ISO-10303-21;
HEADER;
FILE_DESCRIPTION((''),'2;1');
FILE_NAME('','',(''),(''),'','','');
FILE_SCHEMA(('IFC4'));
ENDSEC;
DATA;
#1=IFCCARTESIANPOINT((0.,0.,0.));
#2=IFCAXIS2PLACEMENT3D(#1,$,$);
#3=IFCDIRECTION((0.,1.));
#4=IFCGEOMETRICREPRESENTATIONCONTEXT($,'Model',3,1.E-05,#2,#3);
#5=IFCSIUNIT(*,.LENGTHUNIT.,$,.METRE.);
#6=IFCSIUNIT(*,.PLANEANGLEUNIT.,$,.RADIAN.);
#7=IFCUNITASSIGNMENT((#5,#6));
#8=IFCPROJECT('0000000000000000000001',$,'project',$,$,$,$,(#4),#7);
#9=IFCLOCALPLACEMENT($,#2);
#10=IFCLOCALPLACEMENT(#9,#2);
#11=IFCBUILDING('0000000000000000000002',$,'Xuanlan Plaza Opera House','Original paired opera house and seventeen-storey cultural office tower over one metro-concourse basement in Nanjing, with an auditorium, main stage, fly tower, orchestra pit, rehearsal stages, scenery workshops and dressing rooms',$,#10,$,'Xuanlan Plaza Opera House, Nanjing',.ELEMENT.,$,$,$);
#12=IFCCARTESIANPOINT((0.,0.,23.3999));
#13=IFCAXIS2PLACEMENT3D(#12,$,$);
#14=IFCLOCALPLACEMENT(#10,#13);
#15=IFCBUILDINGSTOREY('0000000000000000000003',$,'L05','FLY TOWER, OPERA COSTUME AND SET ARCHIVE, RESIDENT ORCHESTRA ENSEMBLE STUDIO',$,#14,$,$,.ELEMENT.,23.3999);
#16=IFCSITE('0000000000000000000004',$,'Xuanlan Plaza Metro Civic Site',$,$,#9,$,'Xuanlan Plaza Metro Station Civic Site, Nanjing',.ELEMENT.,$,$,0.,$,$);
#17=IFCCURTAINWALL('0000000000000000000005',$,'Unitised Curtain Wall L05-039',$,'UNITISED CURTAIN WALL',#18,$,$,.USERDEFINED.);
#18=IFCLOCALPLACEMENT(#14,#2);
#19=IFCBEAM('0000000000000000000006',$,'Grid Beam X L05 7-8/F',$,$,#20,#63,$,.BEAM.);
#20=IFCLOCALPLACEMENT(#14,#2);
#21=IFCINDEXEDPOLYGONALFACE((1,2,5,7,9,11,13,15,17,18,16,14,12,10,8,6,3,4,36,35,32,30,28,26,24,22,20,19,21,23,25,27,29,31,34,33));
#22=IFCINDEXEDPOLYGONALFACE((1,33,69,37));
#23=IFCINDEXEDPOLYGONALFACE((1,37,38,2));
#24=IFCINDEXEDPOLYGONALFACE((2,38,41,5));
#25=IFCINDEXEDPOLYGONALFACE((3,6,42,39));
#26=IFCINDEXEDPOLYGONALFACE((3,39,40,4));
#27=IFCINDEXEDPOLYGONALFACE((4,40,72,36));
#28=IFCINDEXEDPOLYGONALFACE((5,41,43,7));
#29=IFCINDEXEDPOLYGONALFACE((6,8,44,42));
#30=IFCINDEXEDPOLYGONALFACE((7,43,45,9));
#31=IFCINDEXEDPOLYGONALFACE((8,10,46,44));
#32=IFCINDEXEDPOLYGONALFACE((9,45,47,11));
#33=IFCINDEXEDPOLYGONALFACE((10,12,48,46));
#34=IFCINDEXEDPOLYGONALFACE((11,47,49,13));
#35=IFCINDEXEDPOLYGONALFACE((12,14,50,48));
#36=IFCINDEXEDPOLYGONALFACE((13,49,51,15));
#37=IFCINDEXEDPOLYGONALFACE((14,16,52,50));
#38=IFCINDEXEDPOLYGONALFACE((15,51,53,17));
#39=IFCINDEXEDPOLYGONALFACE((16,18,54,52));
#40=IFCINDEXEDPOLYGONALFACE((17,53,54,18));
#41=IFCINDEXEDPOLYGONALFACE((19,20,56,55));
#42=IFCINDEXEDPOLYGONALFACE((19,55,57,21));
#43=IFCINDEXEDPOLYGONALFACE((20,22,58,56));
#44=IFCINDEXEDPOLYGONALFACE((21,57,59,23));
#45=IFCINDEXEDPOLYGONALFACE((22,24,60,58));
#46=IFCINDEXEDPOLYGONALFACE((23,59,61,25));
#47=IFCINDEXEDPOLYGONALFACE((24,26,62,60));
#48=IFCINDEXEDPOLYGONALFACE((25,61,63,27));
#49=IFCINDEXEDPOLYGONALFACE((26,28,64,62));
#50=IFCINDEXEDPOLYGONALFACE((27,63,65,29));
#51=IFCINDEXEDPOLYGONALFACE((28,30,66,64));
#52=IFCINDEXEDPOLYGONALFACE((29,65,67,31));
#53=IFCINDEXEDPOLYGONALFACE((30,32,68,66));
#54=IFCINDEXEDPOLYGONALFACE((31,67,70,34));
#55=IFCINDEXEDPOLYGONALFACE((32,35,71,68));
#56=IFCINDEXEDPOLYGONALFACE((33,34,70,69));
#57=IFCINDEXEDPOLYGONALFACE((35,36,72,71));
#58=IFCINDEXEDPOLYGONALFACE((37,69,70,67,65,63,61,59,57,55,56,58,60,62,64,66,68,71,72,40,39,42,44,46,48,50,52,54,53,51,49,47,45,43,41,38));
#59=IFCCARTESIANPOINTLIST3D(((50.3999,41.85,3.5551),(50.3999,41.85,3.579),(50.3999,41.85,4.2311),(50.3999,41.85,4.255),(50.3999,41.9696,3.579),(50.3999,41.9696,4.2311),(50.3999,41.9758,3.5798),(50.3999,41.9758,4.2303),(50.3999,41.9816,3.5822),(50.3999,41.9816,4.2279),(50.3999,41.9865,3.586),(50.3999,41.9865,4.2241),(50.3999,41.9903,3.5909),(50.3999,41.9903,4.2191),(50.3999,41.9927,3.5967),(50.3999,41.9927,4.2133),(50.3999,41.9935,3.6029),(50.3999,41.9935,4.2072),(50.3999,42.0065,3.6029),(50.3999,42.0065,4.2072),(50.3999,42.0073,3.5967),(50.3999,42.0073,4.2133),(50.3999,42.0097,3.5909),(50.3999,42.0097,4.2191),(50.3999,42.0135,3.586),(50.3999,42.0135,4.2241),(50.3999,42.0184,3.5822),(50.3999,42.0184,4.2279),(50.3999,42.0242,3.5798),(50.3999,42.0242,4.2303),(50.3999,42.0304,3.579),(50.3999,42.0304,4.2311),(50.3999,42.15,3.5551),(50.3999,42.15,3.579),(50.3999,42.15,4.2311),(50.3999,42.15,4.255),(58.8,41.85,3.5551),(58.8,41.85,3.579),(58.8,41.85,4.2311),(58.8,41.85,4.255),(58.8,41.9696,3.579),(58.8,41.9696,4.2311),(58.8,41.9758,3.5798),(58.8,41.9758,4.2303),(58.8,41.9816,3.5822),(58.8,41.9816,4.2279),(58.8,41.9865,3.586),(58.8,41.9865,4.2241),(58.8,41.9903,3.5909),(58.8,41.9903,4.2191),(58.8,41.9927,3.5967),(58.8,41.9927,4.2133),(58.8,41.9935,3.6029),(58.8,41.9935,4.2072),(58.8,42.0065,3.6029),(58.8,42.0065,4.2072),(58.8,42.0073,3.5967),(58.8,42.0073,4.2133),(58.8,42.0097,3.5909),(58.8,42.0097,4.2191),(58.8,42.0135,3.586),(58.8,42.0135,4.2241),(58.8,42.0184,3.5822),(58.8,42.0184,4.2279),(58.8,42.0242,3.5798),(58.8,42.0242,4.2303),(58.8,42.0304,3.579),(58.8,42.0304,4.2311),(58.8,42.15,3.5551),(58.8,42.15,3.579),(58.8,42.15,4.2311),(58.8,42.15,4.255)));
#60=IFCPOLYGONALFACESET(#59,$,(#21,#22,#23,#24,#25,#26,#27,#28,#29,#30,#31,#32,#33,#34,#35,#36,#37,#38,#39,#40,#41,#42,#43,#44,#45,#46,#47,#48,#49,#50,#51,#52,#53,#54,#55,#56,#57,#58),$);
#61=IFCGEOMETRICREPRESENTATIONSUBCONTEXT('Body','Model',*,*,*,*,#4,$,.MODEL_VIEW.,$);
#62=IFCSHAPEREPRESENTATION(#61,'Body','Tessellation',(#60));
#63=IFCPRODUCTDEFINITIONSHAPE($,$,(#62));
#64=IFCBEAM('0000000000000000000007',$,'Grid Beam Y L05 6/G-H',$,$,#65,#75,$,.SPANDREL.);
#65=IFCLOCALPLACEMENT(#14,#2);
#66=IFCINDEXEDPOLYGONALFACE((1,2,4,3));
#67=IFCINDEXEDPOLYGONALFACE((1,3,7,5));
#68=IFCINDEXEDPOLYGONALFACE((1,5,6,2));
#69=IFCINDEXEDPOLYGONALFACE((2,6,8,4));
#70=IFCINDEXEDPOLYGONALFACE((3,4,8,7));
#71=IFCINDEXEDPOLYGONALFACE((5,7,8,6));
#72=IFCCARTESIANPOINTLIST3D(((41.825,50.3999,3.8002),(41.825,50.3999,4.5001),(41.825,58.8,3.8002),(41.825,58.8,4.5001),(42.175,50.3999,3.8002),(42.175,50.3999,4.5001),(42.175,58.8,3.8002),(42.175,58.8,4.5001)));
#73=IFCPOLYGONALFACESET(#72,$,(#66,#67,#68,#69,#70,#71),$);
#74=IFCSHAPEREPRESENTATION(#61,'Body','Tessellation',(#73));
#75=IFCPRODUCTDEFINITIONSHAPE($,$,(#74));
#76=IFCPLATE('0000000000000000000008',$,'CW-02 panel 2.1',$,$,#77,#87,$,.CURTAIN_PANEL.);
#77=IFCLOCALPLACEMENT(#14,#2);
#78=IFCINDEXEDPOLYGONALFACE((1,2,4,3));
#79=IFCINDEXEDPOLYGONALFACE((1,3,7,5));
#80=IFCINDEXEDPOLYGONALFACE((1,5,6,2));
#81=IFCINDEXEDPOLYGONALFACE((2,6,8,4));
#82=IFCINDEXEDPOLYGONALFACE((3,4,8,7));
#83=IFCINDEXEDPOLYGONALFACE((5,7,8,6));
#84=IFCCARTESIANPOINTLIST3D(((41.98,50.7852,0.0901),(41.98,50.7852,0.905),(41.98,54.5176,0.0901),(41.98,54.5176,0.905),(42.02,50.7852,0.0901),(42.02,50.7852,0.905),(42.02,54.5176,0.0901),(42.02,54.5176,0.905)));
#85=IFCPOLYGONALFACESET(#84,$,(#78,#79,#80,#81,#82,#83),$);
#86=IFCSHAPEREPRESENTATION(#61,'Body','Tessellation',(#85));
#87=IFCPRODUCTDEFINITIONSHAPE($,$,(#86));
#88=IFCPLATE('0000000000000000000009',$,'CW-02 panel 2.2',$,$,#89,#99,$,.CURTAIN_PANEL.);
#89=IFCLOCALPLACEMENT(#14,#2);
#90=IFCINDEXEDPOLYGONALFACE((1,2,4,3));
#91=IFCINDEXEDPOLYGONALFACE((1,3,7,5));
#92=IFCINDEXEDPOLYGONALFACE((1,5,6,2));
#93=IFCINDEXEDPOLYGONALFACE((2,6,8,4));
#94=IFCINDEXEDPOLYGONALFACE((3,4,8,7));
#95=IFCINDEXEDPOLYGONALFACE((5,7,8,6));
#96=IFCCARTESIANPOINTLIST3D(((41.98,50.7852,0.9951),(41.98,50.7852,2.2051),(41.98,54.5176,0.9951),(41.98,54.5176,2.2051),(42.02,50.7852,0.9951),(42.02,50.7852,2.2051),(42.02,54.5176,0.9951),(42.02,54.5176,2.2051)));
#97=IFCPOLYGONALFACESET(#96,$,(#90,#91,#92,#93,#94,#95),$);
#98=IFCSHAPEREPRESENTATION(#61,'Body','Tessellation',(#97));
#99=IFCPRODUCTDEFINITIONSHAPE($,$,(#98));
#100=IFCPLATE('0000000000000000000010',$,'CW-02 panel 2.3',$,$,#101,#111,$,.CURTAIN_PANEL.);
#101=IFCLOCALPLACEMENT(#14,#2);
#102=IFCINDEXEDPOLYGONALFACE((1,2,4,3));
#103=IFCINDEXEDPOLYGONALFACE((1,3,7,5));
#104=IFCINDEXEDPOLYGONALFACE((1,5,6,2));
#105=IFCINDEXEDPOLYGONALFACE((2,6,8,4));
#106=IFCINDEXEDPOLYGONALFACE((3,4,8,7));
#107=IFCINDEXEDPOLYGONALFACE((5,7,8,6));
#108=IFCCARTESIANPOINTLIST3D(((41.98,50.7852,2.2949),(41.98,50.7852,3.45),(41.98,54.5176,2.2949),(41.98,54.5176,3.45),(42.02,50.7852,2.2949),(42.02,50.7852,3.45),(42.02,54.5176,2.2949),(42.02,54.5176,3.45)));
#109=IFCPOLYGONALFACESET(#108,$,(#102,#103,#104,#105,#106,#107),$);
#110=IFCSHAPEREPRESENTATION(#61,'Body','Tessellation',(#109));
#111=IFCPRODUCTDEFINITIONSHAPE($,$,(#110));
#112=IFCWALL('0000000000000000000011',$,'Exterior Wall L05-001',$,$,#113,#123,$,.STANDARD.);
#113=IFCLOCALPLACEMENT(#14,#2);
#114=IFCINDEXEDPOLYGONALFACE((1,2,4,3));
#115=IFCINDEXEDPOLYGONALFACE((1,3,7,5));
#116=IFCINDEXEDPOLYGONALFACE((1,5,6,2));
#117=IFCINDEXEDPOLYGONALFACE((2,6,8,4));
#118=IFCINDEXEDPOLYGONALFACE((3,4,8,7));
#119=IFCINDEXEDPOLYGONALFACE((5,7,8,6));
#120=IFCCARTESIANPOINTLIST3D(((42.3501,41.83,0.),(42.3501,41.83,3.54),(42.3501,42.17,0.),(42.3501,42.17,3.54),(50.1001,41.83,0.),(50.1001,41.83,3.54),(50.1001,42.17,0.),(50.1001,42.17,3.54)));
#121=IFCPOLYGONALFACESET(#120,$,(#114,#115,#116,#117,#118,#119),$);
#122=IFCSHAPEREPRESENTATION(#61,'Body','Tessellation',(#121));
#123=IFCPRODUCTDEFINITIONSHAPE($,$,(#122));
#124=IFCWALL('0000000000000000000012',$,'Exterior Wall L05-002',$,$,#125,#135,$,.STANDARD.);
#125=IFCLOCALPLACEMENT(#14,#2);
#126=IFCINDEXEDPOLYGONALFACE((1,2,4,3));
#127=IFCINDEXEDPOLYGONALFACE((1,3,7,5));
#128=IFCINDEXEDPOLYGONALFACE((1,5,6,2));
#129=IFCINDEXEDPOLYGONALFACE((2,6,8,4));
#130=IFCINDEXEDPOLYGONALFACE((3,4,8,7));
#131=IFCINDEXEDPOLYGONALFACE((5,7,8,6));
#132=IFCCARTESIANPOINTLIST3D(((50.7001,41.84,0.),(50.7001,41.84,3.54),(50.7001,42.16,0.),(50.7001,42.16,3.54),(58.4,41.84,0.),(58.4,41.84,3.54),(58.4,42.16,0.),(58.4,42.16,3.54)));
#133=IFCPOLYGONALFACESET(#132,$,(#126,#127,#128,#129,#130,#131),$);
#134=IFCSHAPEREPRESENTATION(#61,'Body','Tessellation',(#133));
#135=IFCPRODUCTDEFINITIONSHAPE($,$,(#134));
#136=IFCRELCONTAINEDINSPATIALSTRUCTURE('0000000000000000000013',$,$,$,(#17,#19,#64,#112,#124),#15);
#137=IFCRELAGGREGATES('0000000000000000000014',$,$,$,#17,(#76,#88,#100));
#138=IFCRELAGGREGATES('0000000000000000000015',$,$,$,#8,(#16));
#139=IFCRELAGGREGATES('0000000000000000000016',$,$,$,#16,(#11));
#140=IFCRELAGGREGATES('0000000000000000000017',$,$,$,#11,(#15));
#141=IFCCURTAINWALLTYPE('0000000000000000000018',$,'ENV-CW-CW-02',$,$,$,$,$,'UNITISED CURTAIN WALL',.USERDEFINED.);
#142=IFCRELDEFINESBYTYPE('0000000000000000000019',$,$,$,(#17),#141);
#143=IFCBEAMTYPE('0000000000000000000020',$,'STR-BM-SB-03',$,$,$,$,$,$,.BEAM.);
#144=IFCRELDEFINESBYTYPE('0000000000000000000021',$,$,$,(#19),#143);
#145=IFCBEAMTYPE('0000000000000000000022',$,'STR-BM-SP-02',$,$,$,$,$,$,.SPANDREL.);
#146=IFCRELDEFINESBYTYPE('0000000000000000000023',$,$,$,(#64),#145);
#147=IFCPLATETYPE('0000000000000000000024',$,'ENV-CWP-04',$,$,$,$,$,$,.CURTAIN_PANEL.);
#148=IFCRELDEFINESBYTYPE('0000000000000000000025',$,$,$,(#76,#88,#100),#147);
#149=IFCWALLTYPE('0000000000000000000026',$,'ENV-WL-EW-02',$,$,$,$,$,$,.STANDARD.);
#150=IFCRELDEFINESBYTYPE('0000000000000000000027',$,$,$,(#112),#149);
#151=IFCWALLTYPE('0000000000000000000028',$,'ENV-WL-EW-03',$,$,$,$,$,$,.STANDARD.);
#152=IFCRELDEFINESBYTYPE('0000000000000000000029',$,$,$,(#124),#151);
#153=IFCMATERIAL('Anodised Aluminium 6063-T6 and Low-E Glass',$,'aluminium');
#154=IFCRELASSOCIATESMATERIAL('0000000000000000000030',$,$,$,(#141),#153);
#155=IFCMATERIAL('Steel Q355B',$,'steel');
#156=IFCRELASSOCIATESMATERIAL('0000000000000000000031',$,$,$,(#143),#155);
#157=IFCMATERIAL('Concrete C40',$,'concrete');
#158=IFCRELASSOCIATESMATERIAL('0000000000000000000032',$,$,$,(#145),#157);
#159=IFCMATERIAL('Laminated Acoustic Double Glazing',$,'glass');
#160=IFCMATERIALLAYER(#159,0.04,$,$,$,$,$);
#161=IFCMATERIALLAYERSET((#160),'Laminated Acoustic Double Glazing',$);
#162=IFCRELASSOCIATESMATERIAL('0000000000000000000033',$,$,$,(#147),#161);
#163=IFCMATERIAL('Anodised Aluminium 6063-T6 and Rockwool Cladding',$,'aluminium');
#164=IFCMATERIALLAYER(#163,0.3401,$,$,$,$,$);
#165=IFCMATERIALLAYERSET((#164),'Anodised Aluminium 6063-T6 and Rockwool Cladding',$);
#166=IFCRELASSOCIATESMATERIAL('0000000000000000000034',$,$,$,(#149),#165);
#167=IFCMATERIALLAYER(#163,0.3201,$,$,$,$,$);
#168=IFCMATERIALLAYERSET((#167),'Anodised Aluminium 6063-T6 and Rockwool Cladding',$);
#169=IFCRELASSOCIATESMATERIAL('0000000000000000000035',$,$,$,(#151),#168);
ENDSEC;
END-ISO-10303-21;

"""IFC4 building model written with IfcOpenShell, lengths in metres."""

from ifc_helpers import new_model, si_unit, direction, frame, frame_2d, origin, origin_2d, place, context, subcontext, project, spatial, rectangle, i_section, extrude, material, layer, layer_set, material_profile, profile_set, type_object, element, aggregate, save


model = new_model("IFC4")

# Units and contexts
model_context = context("Model", 3, precision=1e-05, world=origin(), true_north=direction((0.0, 1.0)))
body_context = subcontext(model_context, "Body", "Model", "MODEL_VIEW")
ifc_project = project(units=[si_unit("LENGTHUNIT", "METRE"), si_unit("PLANEANGLEUNIT", "RADIAN")], contexts=[model_context])

# Site, building, storey
site_placement = place(None, origin())
site = spatial("IfcSite", under=ifc_project, at=site_placement, Name="Xuanlan Plaza Metro Civic Site", LongName="Xuanlan Plaza Metro Station Civic Site, Nanjing", CompositionType="ELEMENT", RefElevation=0.0)
building_placement = place(site_placement, origin())
building = spatial("IfcBuilding", under=site, at=building_placement, Name="Xuanlan Plaza Opera House", Description="Original paired opera house and seventeen-storey cultural office tower over one metro-concourse basement in Nanjing, with an auditorium, main stage, fly tower, orchestra pit, rehearsal stages, scenery workshops and dressing rooms", LongName="Xuanlan Plaza Opera House, Nanjing", CompositionType="ELEMENT")
storey_placement = place(building_placement, frame((0.0, 0.0, 23.3999)))
storey = spatial("IfcBuildingStorey", under=building, at=storey_placement, Name="L05", Description="FLY TOWER, OPERA COSTUME AND SET ARCHIVE, RESIDENT ORCHESTRA ENSEMBLE STUDIO", CompositionType="ELEMENT", Elevation=23.3999)

# Shared definitions
ifc_material_1 = material(Name="Concrete C40", Category="concrete")

# Curtain wall
ifc_material_2 = material(Name="Anodised Aluminium 6063-T6 and Low-E Glass", Category="aluminium")
curtain_wall_type_1 = type_object("IfcCurtainWallType", Name="ENV-CW-CW-02", ElementType="UNITISED CURTAIN WALL", PredefinedType="USERDEFINED", material=ifc_material_2)
curtain_wall_1_placement = place(storey_placement, origin())
curtain_wall_1 = element("IfcCurtainWall", 1, at=curtain_wall_1_placement, inside=storey, type_object=curtain_wall_type_1, Name="Unitised Curtain Wall L05-039", ObjectType="UNITISED CURTAIN WALL", PredefinedType="USERDEFINED")

# Beams
ifc_material_3 = material(Name="Steel Q355B", Category="steel")
ifc_material_profile_1 = material_profile(ifc_material_3, i_section(OverallWidth=0.3, OverallDepth=0.7, WebThickness=0.0129, FlangeThickness=0.0239, FilletRadius=0.0239, at=origin_2d()), Name="HN 700x300x13x24")
ifc_profile_set_1 = profile_set([ifc_material_profile_1], Name="Steel Q355B")
beam_type_1 = type_object("IfcBeamType", Name="STR-BM-SB-03", PredefinedType="BEAM", material=ifc_profile_set_1)
beam_1_placement = place(storey_placement, frame((50.3999, 42.0, 3.905), z_axis=(1.0, 0.0, 0.0), x_axis=(0.0, 1.0, 0.0)))
element("IfcBeam", 2, at=beam_1_placement, inside=storey, type_object=beam_type_1, Name="Grid Beam X L05 7-8/F", PredefinedType="BEAM", context=body_context, shape_type="SweptSolid", body=[
    extrude(i_section(OverallWidth=0.3, OverallDepth=0.7, WebThickness=0.0129, FlangeThickness=0.0239, FilletRadius=0.0239, at=origin_2d()), origin(), (0.0, 0.0, 1.0), 8.4001),
])
ifc_material_profile_2 = material_profile(ifc_material_1, rectangle(XDim=0.3501, YDim=0.7, at=origin_2d()), Name="RC-SPD 350x700")
ifc_profile_set_2 = profile_set([ifc_material_profile_2], Name="Concrete C40")
beam_type_2 = type_object("IfcBeamType", Name="STR-BM-SP-02", PredefinedType="SPANDREL", material=ifc_profile_set_2)
beam_2_placement = place(storey_placement, frame((42.0, 50.3999, 4.1501), z_axis=(0.0, 1.0, 0.0), x_axis=(-1.0, 0.0, 0.0)))
element("IfcBeam", 3, at=beam_2_placement, inside=storey, type_object=beam_type_2, Name="Grid Beam Y L05 6/G-H", PredefinedType="SPANDREL", context=body_context, shape_type="SweptSolid", body=[
    extrude(rectangle(XDim=0.3501, YDim=0.7, at=origin_2d()), origin(), (0.0, 0.0, 1.0), 8.4001),
])

# Plates
ifc_material_4 = material(Name="Laminated Acoustic Double Glazing", Category="glass")
ifc_layer_1 = layer(ifc_material_4, 0.04)
ifc_layer_set_1 = layer_set([ifc_layer_1], Name="Laminated Acoustic Double Glazing")
plate_type = type_object("IfcPlateType", Name="ENV-CWP-04", PredefinedType="CURTAIN_PANEL", material=ifc_layer_set_1)
plate_1_placement = place(storey_placement, frame((42.0, 52.6514, 0.0901), z_axis=(0.0, 0.0, 1.0), x_axis=(0.0, -1.0, 0.0)))
plate_1 = element("IfcPlate", 4, at=plate_1_placement, type_object=plate_type, Name="CW-02 panel 2.1", PredefinedType="CURTAIN_PANEL", context=body_context, shape_type="SweptSolid", body=[
    extrude(rectangle(XDim=3.7324, YDim=0.04, at=origin_2d()), origin(), (0.0, 0.0, 1.0), 0.8149),
])
plate_2_placement = place(storey_placement, frame((42.0, 52.6514, 0.9951), z_axis=(0.0, 0.0, 1.0), x_axis=(0.0, -1.0, 0.0)))
plate_2 = element("IfcPlate", 5, at=plate_2_placement, type_object=plate_type, Name="CW-02 panel 2.2", PredefinedType="CURTAIN_PANEL", context=body_context, shape_type="SweptSolid", body=[
    extrude(rectangle(XDim=3.7324, YDim=0.04, at=origin_2d()), origin(), (0.0, 0.0, 1.0), 1.21),
])
plate_3_placement = place(storey_placement, frame((42.0, 52.6514, 2.2949), z_axis=(0.0, 0.0, 1.0), x_axis=(0.0, -1.0, 0.0)))
plate_3 = element("IfcPlate", 6, at=plate_3_placement, type_object=plate_type, Name="CW-02 panel 2.3", PredefinedType="CURTAIN_PANEL", context=body_context, shape_type="SweptSolid", body=[
    extrude(rectangle(XDim=3.7324, YDim=0.04, at=origin_2d()), origin(), (0.0, 0.0, 1.0), 1.155),
])
aggregate(curtain_wall_1, [plate_1, plate_2, plate_3])

# Walls
ifc_material_5 = material(Name="Anodised Aluminium 6063-T6 and Rockwool Cladding", Category="aluminium")
ifc_layer_2 = layer(ifc_material_5, 0.3401)
ifc_layer_set_2 = layer_set([ifc_layer_2], Name="Anodised Aluminium 6063-T6 and Rockwool Cladding")
wall_type_1 = type_object("IfcWallType", Name="ENV-WL-EW-02", PredefinedType="STANDARD", material=ifc_layer_set_2)
wall_1_placement = place(storey_placement, frame((42.3501, 42.0, 0.0), z_axis=(0.0, 0.0, 1.0), x_axis=(1.0, 0.0, 0.0)))
element("IfcWall", 7, at=wall_1_placement, inside=storey, type_object=wall_type_1, Name="Exterior Wall L05-001", PredefinedType="STANDARD", context=body_context, shape_type="SweptSolid", body=[
    extrude(rectangle(XDim=7.75, YDim=0.3401, at=frame_2d((3.875, 0.0))), origin(), (0.0, 0.0, 1.0), 3.54),
])
ifc_layer_3 = layer(ifc_material_5, 0.3201)
ifc_layer_set_3 = layer_set([ifc_layer_3], Name="Anodised Aluminium 6063-T6 and Rockwool Cladding")
wall_type_2 = type_object("IfcWallType", Name="ENV-WL-EW-03", PredefinedType="STANDARD", material=ifc_layer_set_3)
wall_2_placement = place(storey_placement, frame((50.7, 42.0, 0.0), z_axis=(0.0, 0.0, 1.0), x_axis=(1.0, 0.0, 0.0)))
element("IfcWall", 8, at=wall_2_placement, inside=storey, type_object=wall_type_2, Name="Exterior Wall L05-002", PredefinedType="STANDARD", context=body_context, shape_type="SweptSolid", body=[
    extrude(rectangle(XDim=7.7, YDim=0.3201, at=frame_2d((3.8501, 0.0))), origin(), (0.0, 0.0, 1.0), 3.54),
])

save(model, "model.ifc")
